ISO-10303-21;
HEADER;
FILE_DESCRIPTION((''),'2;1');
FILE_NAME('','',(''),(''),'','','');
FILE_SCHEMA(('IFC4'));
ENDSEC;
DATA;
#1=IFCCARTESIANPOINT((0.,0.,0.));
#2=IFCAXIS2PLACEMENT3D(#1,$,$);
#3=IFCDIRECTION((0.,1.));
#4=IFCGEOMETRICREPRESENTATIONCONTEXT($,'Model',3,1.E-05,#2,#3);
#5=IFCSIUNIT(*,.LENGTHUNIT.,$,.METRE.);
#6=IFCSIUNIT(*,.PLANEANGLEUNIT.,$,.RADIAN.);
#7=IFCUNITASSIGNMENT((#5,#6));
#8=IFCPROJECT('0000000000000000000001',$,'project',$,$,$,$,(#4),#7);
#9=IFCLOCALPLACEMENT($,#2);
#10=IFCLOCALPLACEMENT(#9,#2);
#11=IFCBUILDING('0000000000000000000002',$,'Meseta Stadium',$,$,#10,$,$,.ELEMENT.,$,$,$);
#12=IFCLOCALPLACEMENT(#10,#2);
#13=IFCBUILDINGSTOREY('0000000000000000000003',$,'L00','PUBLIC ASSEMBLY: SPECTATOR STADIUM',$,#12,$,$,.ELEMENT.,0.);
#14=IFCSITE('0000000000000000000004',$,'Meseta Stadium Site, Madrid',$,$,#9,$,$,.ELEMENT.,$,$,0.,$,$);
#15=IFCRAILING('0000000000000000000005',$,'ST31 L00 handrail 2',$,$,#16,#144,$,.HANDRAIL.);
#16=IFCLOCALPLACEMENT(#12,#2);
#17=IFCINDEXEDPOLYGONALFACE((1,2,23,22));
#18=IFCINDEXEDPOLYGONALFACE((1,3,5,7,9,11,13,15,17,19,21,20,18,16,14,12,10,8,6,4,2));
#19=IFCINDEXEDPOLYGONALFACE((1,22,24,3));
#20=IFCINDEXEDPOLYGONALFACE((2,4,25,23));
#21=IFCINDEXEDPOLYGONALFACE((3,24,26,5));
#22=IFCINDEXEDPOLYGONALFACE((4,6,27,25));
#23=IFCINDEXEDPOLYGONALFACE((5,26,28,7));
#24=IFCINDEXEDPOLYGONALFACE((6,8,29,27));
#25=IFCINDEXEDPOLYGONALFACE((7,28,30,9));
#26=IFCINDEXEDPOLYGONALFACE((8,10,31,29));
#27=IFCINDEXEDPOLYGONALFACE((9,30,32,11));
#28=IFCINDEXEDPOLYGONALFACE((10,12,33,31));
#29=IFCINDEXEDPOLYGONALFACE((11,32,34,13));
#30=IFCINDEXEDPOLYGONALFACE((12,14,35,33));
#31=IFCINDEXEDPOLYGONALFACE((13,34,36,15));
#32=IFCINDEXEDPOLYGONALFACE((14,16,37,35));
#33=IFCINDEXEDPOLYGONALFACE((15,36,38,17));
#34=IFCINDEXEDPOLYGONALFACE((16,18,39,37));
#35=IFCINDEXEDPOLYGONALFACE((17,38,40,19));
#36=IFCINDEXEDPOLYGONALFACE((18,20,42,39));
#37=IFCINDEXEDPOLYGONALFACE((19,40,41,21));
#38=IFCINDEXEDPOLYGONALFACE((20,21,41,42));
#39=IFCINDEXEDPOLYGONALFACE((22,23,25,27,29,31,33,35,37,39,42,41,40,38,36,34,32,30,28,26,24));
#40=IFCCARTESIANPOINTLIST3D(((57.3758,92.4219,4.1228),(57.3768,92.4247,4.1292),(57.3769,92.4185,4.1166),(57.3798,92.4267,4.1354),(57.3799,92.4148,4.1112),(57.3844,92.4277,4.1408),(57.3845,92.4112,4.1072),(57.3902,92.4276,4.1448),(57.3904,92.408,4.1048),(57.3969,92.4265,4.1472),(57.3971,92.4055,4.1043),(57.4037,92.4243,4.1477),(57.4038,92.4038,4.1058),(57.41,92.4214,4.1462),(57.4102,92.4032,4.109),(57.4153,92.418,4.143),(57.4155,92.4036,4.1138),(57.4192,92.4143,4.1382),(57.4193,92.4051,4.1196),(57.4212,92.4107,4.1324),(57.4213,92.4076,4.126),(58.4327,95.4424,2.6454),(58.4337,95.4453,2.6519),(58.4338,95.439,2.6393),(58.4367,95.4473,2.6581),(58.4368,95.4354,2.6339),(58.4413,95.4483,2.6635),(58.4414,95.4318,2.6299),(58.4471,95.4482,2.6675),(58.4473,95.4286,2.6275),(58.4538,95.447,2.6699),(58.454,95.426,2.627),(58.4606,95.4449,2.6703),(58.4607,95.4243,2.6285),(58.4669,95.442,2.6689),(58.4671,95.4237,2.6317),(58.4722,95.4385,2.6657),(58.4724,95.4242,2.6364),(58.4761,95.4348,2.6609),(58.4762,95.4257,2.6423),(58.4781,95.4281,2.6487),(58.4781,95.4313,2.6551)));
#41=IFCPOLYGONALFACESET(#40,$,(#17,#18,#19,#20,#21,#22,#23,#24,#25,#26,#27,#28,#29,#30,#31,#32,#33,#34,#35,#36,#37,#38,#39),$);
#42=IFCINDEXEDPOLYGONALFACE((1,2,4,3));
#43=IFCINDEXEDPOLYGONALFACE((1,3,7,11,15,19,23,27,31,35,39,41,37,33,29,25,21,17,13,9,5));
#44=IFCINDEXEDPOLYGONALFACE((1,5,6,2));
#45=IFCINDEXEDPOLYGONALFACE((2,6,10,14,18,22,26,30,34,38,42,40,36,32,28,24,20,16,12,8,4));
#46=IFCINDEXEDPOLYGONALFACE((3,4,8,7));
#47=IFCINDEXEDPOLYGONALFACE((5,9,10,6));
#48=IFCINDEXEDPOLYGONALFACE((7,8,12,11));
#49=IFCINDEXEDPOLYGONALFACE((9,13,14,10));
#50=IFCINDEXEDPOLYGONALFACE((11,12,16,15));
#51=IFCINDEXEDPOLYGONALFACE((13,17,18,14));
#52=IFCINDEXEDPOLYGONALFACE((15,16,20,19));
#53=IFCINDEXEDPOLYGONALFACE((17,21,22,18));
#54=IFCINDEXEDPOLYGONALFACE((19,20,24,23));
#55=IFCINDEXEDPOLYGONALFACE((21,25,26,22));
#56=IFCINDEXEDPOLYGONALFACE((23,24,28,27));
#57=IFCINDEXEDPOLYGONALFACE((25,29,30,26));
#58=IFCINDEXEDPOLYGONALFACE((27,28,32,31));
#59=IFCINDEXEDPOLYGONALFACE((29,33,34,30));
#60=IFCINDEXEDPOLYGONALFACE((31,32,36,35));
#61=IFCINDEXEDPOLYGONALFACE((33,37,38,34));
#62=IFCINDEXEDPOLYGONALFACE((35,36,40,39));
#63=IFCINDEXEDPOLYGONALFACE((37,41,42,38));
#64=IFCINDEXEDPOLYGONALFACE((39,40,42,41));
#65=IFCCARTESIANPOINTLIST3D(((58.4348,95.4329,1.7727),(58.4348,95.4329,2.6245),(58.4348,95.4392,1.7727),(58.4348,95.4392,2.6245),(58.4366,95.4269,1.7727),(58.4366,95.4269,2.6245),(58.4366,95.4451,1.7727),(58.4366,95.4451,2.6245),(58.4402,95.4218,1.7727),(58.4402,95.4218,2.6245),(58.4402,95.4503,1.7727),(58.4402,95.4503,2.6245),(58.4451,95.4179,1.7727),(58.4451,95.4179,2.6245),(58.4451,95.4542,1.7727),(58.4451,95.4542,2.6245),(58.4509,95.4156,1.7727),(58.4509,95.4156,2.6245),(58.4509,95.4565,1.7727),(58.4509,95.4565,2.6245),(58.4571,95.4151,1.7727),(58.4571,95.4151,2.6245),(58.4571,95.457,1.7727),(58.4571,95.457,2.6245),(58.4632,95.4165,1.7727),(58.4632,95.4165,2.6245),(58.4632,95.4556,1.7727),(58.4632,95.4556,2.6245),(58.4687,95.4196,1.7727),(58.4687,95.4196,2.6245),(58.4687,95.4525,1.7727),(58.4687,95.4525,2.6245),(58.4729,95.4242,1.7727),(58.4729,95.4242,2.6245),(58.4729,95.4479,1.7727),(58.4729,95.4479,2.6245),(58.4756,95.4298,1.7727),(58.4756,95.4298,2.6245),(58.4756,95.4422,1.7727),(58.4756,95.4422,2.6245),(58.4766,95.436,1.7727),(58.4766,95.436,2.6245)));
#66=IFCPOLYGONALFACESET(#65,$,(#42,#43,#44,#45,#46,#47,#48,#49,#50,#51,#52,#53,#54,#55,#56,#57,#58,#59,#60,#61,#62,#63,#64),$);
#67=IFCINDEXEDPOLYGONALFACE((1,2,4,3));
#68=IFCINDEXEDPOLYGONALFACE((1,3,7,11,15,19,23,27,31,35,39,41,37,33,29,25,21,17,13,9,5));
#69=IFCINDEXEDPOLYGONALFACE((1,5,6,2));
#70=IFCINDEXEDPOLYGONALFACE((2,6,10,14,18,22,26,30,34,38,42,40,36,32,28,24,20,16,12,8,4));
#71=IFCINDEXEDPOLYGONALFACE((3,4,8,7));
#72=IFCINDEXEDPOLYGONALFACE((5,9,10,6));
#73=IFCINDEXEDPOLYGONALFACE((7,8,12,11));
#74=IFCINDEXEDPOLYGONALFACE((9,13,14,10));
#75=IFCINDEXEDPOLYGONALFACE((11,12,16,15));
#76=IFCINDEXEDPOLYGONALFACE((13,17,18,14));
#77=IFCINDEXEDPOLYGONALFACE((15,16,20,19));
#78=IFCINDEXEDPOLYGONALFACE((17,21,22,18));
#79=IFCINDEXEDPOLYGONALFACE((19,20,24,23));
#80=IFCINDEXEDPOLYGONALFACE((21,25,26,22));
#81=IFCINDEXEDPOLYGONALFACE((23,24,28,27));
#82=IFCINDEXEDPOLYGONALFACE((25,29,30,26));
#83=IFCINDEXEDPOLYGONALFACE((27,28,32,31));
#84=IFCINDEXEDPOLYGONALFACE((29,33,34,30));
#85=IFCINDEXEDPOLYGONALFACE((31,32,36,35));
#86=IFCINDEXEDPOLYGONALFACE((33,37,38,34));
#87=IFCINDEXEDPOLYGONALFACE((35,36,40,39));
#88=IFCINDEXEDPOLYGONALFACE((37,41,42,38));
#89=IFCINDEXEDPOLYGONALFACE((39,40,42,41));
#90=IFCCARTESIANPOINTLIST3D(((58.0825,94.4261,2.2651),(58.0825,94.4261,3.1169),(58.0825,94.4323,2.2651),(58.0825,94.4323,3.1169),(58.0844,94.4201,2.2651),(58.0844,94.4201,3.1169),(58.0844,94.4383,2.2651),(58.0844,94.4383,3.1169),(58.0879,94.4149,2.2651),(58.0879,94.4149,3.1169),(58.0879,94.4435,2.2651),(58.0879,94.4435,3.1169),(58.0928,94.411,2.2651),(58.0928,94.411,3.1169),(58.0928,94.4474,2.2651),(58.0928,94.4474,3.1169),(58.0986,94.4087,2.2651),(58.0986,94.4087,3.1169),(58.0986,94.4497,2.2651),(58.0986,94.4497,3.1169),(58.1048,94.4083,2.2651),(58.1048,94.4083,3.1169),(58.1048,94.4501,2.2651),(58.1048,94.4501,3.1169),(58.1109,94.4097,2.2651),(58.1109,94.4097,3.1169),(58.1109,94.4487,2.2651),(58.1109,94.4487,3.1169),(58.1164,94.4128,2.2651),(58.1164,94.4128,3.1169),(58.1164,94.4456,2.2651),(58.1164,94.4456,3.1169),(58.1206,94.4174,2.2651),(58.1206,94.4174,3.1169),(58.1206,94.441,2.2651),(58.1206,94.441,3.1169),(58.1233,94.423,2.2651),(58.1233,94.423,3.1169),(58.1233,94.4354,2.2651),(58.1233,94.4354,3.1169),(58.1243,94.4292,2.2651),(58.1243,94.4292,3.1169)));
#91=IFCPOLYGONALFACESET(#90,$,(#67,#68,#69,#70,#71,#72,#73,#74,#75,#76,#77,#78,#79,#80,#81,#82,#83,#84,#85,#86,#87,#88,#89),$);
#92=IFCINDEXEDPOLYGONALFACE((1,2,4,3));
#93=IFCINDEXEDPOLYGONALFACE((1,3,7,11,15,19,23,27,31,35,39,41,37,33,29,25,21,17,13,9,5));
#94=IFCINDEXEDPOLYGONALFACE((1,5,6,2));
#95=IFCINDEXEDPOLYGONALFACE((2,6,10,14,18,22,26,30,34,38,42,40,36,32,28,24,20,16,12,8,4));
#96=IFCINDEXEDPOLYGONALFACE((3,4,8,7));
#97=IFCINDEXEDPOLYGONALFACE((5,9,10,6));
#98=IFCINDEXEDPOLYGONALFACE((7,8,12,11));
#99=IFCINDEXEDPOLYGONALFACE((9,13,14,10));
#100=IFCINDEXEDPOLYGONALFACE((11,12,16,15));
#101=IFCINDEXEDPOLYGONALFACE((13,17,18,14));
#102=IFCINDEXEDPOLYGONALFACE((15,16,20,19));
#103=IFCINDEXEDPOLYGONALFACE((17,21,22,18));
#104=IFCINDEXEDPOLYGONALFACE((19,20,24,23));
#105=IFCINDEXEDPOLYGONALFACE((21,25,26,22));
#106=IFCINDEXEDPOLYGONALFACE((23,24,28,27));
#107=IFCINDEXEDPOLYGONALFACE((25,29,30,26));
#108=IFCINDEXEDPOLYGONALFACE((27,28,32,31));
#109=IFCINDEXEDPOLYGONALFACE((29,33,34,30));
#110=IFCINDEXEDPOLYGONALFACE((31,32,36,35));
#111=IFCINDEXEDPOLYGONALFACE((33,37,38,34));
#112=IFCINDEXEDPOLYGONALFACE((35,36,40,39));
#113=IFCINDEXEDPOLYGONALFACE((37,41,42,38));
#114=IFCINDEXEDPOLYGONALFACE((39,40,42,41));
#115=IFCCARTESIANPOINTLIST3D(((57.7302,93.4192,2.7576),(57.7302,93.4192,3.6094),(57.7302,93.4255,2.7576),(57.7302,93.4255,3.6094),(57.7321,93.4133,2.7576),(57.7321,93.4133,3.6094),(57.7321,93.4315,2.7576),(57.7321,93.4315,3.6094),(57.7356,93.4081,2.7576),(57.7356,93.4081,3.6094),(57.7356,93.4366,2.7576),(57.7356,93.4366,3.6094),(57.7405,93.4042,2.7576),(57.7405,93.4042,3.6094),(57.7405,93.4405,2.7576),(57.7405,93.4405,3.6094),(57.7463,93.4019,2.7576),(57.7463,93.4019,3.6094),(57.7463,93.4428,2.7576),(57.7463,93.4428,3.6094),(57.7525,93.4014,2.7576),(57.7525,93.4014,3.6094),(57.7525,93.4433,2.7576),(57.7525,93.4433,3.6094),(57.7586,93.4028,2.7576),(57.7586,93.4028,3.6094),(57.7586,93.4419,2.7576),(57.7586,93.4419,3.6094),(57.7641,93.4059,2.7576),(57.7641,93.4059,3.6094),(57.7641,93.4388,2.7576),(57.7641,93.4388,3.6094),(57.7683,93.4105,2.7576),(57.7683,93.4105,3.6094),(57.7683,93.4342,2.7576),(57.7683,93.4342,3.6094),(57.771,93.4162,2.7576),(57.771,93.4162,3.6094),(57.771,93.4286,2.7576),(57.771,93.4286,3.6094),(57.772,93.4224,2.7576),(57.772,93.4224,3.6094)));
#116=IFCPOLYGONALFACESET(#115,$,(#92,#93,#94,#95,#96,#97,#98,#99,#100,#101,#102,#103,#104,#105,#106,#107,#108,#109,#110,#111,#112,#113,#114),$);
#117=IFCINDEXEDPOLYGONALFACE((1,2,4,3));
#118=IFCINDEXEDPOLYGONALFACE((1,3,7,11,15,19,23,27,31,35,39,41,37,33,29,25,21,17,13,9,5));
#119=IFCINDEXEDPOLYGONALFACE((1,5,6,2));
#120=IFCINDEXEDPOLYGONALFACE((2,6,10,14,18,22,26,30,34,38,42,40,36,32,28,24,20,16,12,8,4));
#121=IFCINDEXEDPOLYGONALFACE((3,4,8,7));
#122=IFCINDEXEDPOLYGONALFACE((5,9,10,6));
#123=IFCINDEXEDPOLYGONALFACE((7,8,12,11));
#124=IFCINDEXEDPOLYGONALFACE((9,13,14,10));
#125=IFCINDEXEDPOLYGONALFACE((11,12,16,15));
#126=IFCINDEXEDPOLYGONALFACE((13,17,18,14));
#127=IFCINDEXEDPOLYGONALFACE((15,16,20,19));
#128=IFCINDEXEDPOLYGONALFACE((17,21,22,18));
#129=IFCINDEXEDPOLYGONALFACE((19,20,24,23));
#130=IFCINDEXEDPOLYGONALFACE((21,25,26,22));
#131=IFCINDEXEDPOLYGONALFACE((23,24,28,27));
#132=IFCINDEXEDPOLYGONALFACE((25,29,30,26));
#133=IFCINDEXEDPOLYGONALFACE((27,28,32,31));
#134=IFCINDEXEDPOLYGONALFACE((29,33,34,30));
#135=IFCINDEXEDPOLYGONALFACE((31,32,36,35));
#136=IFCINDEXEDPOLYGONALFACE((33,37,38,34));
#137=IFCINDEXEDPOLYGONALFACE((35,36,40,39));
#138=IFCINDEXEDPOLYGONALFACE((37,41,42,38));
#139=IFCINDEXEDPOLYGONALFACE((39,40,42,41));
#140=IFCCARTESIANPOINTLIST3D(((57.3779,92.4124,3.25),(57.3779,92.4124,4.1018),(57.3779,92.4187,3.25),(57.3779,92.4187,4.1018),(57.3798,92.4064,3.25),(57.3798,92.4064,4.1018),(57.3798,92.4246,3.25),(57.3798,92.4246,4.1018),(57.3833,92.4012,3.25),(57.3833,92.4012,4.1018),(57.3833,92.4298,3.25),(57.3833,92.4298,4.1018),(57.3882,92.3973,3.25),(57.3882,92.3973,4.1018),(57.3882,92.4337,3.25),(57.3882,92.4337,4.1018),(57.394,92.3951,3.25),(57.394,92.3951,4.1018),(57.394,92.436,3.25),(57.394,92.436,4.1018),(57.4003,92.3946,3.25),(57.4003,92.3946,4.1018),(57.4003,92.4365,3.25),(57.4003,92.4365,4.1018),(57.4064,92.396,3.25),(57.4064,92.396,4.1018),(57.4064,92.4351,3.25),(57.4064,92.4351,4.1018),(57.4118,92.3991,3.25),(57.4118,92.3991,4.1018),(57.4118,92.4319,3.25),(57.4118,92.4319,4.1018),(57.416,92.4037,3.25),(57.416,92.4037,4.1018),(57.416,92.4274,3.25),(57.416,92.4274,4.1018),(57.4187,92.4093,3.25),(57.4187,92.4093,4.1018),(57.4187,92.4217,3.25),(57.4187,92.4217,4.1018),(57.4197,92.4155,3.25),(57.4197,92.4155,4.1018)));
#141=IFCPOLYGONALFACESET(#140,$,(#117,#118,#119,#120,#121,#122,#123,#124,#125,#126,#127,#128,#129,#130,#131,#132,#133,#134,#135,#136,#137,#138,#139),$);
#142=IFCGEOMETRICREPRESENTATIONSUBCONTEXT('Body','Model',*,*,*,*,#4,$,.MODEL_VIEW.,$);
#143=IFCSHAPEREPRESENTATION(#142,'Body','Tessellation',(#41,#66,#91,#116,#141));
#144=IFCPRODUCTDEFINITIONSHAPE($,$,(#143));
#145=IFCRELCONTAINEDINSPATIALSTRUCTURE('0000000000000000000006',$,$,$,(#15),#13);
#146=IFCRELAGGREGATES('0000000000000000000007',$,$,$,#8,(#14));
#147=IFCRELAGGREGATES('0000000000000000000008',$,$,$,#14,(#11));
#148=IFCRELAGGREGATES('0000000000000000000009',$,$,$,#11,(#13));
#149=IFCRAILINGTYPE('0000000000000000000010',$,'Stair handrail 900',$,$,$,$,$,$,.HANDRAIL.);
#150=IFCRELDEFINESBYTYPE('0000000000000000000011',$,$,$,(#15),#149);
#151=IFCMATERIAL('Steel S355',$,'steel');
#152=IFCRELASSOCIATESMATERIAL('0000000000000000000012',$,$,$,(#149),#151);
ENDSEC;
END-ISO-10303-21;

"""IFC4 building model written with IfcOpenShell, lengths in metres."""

from ifc_helpers import new_model, si_unit, direction, frame, origin, origin_2d, place, context, subcontext, project, spatial, circle, extrude, material, type_object, element, save


model = new_model("IFC4")

# Units and contexts
model_context = context("Model", 3, precision=1e-05, world=origin(), true_north=direction((0.0, 1.0)))
body_context = subcontext(model_context, "Body", "Model", "MODEL_VIEW")
ifc_project = project(units=[si_unit("LENGTHUNIT", "METRE"), si_unit("PLANEANGLEUNIT", "RADIAN")], contexts=[model_context])

# Site, building, storey
site_placement = place(None, origin())
site = spatial("IfcSite", under=ifc_project, at=site_placement, Name="Meseta Stadium Site, Madrid", CompositionType="ELEMENT", RefElevation=0.0)
building_placement = place(site_placement, origin())
building = spatial("IfcBuilding", under=site, at=building_placement, Name="Meseta Stadium", CompositionType="ELEMENT")
storey_placement = place(building_placement, origin())
storey = spatial("IfcBuildingStorey", under=building, at=storey_placement, Name="L00", Description="PUBLIC ASSEMBLY: SPECTATOR STADIUM", CompositionType="ELEMENT", Elevation=0.0)

# Railing
ifc_material_1 = material(Name="Steel S355", Category="steel")
railing_type_1 = type_object("IfcRailingType", Name="Stair handrail 900", PredefinedType="HANDRAIL", material=ifc_material_1)
for number, where, name in (
    (1, (58.4556, 95.436, 1.7727), "ST31 L00 handrail 2"),
):
    element("IfcRailing", number, at=place(storey_placement, frame(where)), inside=storey, type_object=railing_type_1, Name=name, PredefinedType="HANDRAIL", context=body_context, shape_type="SweptSolid", body=[
        extrude(circle(Radius=0.0239, at=origin_2d()), frame((0.0, 0.0, 0.876), z_axis=(-0.299859, -0.856977, 0.419137), x_axis=(0.943887, -0.330269, 0.0)), (0.0, 0.0, 1.0), 3.5247),
        extrude(circle(Radius=0.021, at=origin_2d()), origin(), (0.0, 0.0, 1.0), 0.8518),
        extrude(circle(Radius=0.021, at=origin_2d()), frame((-0.3523, -1.0068, 0.4924)), (0.0, 0.0, 1.0), 0.8518),
        extrude(circle(Radius=0.021, at=origin_2d()), frame((-0.7046, -2.0137, 0.9849)), (0.0, 0.0, 1.0), 0.8518),
        extrude(circle(Radius=0.021, at=origin_2d()), frame((-1.0569, -3.0205, 1.4773)), (0.0, 0.0, 1.0), 0.8518),
    ])

save(model, "model.ifc")
